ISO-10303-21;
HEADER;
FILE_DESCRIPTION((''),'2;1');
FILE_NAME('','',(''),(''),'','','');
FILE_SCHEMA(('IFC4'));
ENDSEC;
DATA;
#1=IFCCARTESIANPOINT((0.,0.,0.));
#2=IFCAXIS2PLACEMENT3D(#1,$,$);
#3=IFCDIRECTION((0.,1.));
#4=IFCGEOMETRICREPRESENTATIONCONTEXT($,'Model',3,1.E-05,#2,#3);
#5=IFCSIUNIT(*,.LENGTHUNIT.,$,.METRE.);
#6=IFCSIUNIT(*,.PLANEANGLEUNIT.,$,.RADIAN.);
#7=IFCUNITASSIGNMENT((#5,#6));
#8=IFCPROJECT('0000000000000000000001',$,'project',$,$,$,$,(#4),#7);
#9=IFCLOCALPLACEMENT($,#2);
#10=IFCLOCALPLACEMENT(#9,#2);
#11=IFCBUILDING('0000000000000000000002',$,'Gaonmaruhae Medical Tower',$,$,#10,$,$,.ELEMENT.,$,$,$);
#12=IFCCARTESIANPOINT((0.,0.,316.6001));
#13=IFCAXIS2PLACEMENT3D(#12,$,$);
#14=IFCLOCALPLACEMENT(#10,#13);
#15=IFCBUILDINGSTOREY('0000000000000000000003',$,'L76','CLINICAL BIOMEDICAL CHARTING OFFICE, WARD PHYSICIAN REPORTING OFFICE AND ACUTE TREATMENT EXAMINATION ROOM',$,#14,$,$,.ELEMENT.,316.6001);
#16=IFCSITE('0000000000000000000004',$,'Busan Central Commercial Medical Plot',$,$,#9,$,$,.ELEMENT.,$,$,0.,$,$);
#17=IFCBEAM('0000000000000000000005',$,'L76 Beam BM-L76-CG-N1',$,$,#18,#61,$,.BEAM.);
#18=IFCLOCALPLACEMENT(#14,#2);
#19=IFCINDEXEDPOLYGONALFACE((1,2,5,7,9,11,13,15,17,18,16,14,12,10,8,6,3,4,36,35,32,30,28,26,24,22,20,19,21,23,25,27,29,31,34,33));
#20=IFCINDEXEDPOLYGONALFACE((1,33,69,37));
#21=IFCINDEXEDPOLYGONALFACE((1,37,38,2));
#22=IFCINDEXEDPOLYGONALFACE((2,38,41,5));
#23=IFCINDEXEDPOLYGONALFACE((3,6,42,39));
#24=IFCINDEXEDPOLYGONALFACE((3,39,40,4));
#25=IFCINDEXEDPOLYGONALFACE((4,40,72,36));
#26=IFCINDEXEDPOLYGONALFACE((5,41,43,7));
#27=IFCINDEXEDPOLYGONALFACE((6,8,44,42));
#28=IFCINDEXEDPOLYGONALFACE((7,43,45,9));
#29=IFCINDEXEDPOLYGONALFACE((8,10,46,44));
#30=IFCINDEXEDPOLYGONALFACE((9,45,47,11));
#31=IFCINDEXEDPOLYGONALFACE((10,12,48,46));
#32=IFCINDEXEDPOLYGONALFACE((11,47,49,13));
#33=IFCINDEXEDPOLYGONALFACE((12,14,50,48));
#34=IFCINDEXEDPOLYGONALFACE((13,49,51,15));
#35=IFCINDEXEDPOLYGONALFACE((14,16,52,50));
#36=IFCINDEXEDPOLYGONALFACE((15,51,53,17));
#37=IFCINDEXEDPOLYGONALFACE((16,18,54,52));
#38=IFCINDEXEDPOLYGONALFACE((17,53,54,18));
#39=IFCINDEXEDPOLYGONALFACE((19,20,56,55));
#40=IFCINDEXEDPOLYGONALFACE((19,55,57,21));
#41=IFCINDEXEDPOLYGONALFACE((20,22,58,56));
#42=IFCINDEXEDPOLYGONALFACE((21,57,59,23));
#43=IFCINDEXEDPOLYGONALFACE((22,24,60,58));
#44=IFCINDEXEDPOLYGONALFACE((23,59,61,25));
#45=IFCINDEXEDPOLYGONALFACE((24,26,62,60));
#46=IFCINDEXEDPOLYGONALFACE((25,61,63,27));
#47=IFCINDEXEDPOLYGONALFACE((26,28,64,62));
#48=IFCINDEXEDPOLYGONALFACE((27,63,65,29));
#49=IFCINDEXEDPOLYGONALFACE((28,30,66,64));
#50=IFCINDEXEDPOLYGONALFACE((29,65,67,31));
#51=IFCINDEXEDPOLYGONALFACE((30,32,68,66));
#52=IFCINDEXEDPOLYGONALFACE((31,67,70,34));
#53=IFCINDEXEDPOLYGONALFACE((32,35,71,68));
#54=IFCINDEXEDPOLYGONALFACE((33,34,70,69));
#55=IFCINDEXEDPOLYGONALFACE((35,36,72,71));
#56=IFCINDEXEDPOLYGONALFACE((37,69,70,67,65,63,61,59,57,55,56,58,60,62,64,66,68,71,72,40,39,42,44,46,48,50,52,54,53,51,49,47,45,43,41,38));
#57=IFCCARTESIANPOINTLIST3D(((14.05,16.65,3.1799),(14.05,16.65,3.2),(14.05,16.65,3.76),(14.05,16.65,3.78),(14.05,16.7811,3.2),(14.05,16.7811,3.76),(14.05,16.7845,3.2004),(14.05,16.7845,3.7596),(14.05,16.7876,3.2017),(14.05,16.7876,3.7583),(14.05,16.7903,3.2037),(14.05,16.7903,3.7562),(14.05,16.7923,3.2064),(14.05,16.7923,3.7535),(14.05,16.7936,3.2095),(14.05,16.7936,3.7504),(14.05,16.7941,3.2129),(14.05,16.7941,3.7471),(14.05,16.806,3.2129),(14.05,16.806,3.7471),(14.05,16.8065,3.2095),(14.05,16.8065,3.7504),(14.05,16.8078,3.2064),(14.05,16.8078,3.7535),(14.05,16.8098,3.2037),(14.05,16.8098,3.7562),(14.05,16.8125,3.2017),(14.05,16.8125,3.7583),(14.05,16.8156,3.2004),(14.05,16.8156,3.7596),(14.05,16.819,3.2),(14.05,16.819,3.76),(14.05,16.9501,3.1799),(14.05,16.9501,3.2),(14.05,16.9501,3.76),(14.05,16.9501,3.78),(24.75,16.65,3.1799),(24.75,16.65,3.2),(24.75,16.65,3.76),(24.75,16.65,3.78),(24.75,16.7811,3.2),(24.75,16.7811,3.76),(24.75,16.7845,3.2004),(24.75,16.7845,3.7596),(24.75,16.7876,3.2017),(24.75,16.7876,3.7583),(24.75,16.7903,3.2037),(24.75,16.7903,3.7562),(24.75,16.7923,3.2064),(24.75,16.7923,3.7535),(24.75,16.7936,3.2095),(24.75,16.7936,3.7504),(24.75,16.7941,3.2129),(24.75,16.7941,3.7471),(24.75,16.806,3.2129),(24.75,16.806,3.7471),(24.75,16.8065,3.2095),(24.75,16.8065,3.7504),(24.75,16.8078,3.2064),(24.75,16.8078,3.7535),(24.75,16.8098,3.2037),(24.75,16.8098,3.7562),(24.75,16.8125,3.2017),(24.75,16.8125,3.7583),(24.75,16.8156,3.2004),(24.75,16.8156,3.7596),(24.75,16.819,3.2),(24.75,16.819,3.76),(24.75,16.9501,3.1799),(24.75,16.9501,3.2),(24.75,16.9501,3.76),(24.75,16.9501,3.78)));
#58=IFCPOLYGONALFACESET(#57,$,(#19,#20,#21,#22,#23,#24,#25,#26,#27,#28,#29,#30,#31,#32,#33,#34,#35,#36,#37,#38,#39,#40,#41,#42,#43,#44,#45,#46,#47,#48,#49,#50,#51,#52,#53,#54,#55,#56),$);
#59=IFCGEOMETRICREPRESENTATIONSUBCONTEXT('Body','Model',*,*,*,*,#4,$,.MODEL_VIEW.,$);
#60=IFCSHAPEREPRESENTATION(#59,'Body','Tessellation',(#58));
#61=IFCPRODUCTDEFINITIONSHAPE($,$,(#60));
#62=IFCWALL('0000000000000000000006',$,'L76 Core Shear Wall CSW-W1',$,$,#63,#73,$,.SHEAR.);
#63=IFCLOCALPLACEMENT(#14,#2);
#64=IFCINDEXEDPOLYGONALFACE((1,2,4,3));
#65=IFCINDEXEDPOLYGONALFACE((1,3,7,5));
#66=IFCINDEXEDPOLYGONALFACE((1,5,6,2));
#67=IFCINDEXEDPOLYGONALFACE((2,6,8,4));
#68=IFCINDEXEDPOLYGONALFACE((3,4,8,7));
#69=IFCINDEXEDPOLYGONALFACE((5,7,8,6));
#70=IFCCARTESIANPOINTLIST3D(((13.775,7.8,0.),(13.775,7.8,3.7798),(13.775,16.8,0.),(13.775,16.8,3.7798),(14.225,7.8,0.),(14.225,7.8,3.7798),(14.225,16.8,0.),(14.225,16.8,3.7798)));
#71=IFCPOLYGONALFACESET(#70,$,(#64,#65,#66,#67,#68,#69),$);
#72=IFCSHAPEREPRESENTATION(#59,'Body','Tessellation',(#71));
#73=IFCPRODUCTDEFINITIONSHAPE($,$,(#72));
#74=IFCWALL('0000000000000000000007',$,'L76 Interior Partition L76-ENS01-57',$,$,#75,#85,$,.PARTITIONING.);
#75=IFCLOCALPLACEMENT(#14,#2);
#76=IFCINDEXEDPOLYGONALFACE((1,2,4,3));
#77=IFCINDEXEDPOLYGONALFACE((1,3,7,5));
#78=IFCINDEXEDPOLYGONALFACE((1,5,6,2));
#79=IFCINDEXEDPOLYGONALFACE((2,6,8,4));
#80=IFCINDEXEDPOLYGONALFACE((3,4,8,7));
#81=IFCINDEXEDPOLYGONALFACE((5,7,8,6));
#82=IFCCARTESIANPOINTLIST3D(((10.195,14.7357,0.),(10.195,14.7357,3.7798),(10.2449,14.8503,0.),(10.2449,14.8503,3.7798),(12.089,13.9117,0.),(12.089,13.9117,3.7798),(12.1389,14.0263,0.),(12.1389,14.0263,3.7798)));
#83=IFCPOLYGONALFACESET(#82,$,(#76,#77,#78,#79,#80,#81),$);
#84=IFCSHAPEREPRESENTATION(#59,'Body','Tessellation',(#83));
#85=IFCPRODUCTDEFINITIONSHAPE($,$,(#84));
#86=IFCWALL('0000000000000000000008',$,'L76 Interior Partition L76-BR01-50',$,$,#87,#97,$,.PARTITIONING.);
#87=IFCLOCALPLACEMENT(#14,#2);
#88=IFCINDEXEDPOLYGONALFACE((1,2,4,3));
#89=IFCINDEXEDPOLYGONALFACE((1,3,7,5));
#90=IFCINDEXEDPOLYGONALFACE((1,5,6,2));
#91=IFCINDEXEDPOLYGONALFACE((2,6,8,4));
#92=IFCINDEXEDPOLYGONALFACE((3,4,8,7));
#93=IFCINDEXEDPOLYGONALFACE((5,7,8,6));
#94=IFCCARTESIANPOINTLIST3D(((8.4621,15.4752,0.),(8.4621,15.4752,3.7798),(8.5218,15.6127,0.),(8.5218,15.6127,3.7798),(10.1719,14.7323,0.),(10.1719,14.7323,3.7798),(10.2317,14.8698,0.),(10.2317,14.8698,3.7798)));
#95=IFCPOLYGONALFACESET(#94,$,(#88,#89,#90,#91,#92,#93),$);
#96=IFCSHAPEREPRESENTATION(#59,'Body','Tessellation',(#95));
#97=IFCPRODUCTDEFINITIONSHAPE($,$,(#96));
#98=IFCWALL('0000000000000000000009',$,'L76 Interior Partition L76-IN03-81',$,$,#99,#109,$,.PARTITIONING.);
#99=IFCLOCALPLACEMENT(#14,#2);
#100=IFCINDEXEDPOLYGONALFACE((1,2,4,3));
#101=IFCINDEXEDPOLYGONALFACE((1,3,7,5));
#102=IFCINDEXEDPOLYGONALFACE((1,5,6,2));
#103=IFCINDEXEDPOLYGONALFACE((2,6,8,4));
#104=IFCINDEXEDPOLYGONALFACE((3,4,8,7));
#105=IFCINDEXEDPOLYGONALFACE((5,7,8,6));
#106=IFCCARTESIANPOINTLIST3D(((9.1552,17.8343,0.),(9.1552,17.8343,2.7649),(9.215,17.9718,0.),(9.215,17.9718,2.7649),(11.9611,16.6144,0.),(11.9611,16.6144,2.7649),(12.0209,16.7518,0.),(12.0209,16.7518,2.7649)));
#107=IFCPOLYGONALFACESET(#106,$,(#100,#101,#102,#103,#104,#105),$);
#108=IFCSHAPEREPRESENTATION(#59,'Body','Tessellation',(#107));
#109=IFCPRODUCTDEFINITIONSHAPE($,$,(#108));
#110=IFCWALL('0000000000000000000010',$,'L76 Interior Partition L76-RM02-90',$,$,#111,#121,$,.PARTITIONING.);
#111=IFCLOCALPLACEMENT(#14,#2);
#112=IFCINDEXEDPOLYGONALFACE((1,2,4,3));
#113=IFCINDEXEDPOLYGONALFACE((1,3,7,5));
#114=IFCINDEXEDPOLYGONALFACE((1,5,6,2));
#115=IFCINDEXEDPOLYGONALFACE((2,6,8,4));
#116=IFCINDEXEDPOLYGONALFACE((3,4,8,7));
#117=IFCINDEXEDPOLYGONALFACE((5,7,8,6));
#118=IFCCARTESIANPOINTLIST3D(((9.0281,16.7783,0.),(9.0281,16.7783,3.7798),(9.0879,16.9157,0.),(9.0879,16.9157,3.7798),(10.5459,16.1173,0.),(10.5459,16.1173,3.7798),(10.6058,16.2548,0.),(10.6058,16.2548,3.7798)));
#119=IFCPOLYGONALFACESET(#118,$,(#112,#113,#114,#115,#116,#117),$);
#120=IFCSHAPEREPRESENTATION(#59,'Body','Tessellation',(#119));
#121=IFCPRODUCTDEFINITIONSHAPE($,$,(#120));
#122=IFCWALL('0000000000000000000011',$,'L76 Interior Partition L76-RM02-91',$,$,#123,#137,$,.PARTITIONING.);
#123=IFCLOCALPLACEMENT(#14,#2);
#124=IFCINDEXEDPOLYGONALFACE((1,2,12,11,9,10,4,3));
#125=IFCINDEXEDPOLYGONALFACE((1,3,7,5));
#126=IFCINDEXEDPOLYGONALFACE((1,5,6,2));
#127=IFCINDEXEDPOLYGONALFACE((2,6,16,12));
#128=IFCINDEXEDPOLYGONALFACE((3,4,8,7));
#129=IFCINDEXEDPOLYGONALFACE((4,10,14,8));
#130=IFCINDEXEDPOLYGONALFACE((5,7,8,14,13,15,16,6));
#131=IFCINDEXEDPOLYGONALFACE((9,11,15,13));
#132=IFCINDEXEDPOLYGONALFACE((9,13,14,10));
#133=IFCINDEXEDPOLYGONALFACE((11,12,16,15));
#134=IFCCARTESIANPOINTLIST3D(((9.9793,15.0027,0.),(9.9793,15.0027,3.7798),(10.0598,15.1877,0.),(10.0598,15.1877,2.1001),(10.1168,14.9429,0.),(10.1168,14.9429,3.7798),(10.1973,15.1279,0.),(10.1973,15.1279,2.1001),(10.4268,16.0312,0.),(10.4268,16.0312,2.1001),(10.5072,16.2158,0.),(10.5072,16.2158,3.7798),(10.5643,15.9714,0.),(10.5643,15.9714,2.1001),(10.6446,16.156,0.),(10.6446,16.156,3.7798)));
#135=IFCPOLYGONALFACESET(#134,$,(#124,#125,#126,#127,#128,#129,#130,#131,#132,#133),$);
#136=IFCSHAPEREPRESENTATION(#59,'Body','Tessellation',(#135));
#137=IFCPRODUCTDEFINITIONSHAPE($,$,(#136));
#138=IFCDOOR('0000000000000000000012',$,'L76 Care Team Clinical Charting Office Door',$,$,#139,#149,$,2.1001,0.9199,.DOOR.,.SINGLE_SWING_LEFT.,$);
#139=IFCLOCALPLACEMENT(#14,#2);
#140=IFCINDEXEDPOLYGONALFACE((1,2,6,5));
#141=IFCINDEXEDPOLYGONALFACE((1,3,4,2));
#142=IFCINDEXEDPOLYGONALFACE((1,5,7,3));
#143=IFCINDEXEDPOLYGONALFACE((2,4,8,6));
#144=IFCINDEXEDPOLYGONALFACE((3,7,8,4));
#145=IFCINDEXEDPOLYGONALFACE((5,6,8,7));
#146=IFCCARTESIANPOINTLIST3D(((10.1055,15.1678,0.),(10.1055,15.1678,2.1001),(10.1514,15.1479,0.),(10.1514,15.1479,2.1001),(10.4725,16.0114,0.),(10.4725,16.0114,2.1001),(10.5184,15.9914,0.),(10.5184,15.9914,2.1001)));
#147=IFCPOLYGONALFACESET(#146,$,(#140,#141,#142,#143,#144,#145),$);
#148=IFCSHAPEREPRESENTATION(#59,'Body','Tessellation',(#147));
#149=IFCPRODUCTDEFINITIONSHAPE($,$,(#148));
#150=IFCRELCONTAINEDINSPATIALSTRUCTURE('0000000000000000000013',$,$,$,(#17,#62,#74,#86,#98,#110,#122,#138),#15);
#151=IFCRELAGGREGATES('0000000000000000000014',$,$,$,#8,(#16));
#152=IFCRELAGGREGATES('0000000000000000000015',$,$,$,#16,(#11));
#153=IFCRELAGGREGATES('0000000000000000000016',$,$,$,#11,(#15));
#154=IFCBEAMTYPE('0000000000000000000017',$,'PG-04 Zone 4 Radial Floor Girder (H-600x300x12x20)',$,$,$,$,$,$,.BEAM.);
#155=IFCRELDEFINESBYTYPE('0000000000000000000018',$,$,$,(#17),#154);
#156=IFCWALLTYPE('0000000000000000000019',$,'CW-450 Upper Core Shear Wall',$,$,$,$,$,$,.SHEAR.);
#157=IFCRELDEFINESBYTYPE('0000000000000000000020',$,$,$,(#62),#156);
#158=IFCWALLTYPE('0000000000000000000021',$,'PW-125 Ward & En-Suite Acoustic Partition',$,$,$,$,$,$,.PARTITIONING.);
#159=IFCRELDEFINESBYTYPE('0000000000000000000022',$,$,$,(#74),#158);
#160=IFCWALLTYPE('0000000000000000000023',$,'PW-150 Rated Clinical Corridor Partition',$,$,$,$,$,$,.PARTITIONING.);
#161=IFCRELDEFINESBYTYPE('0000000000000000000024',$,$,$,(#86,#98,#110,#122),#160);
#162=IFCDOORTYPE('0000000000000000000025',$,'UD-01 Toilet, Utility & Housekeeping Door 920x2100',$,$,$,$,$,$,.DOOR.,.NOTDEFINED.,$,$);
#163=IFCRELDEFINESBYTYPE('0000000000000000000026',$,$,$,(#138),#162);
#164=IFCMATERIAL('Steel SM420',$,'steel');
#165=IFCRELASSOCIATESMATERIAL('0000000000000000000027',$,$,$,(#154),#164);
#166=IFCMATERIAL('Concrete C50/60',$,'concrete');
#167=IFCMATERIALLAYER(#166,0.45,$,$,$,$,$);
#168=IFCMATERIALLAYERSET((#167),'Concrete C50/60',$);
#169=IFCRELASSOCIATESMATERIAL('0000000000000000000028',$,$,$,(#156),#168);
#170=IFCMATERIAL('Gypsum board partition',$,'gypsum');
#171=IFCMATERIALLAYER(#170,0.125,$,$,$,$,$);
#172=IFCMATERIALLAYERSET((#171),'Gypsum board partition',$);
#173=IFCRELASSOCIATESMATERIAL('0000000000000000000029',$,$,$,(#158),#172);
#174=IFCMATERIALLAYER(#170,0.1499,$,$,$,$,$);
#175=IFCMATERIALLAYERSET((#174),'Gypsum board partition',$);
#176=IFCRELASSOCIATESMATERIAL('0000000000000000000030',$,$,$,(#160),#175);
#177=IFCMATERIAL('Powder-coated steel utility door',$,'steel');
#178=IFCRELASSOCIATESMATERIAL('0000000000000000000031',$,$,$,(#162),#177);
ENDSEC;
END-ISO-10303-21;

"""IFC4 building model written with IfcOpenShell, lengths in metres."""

from ifc_helpers import new_model, si_unit, direction, frame, frame_2d, origin, origin_2d, place, context, subcontext, project, spatial, rectangle, i_section, extrude, material, layer, layer_set, material_profile, profile_set, type_object, element, fill, save


model = new_model("IFC4")

# Units and contexts
model_context = context("Model", 3, precision=1e-05, world=origin(), true_north=direction((0.0, 1.0)))
body_context = subcontext(model_context, "Body", "Model", "MODEL_VIEW")
ifc_project = project(units=[si_unit("LENGTHUNIT", "METRE"), si_unit("PLANEANGLEUNIT", "RADIAN")], contexts=[model_context])

# Site, building, storey
site_placement = place(None, origin())
site = spatial("IfcSite", under=ifc_project, at=site_placement, Name="Busan Central Commercial Medical Plot", CompositionType="ELEMENT", RefElevation=0.0)
building_placement = place(site_placement, origin())
building = spatial("IfcBuilding", under=site, at=building_placement, Name="Gaonmaruhae Medical Tower", CompositionType="ELEMENT")
storey_placement = place(building_placement, frame((0.0, 0.0, 316.6001)))
storey = spatial("IfcBuildingStorey", under=building, at=storey_placement, Name="L76", Description="CLINICAL BIOMEDICAL CHARTING OFFICE, WARD PHYSICIAN REPORTING OFFICE AND ACUTE TREATMENT EXAMINATION ROOM", CompositionType="ELEMENT", Elevation=316.6001)

# Shared definitions
ifc_material_1 = material(Name="Concrete C50/60", Category="concrete")

# Beam
ifc_material_2 = material(Name="Steel SM420", Category="steel")
ifc_material_profile_1 = material_profile(ifc_material_2, i_section(OverallWidth=0.3, OverallDepth=0.6001, WebThickness=0.012, FlangeThickness=0.02, FilletRadius=0.0129, at=origin_2d()), Name="H-600x300x12x20")
ifc_profile_set_1 = profile_set([ifc_material_profile_1], Name="Steel SM420")
beam_type_1 = type_object("IfcBeamType", Name="PG-04 Zone 4 Radial Floor Girder (H-600x300x12x20)", PredefinedType="BEAM", material=ifc_profile_set_1)
beam_1_placement = place(storey_placement, frame((14.05, 16.8, 3.48), z_axis=(1.0, 0.0, 0.0), x_axis=(0.0, 1.0, 0.0)))
element("IfcBeam", 1, at=beam_1_placement, inside=storey, type_object=beam_type_1, Name="L76 Beam BM-L76-CG-N1", PredefinedType="BEAM", context=body_context, shape_type="SweptSolid", body=[
    extrude(i_section(OverallWidth=0.3, OverallDepth=0.6001, WebThickness=0.012, FlangeThickness=0.02, FilletRadius=0.0129, at=origin_2d()), origin(), (0.0, 0.0, 1.0), 10.7),
])

# Walls
ifc_layer_1 = layer(ifc_material_1, 0.45)
ifc_layer_set_1 = layer_set([ifc_layer_1], Name="Concrete C50/60")
wall_type_1 = type_object("IfcWallType", Name="CW-450 Upper Core Shear Wall", PredefinedType="SHEAR", material=ifc_layer_set_1)
wall_1_placement = place(storey_placement, frame((14.0, 16.8, 0.0), z_axis=(0.0, 0.0, 1.0), x_axis=(0.0, -1.0, 0.0)))
element("IfcWall", 2, at=wall_1_placement, inside=storey, type_object=wall_type_1, Name="L76 Core Shear Wall CSW-W1", PredefinedType="SHEAR", context=body_context, shape_type="SweptSolid", body=[
    extrude(rectangle(XDim=9.0, YDim=0.45, at=frame_2d((4.5, 0.0))), origin(), (0.0, 0.0, 1.0), 3.7798),
])
ifc_material_3 = material(Name="Gypsum board partition", Category="gypsum")
ifc_layer_2 = layer(ifc_material_3, 0.125)
ifc_layer_set_2 = layer_set([ifc_layer_2], Name="Gypsum board partition")
wall_type_2 = type_object("IfcWallType", Name="PW-125 Ward & En-Suite Acoustic Partition", PredefinedType="PARTITIONING", material=ifc_layer_set_2)
wall_2_placement = place(storey_placement, frame((10.22, 14.793, 0.0), z_axis=(0.0, 0.0, 1.0), x_axis=(0.916985, -0.398921, 0.0)))
element("IfcWall", 3, at=wall_2_placement, inside=storey, type_object=wall_type_2, Name="L76 Interior Partition L76-ENS01-57", PredefinedType="PARTITIONING", context=body_context, shape_type="SweptSolid", body=[
    extrude(rectangle(XDim=2.0654, YDim=0.125, at=frame_2d((1.0327, 0.0))), origin(), (0.0, 0.0, 1.0), 3.7798),
])

# Shared definitions
ifc_layer_3 = layer(ifc_material_3, 0.1499)
ifc_layer_set_3 = layer_set([ifc_layer_3], Name="Gypsum board partition")
wall_type_3 = type_object("IfcWallType", Name="PW-150 Rated Clinical Corridor Partition", PredefinedType="PARTITIONING", material=ifc_layer_set_3)

# Walls
wall_3_placement = place(storey_placement, frame((8.4919, 15.5439, 0.0), z_axis=(0.0, 0.0, 1.0), x_axis=(0.917176, -0.398482, 0.0)))
element("IfcWall", 4, at=wall_3_placement, inside=storey, type_object=wall_type_3, Name="L76 Interior Partition L76-BR01-50", PredefinedType="PARTITIONING", context=body_context, shape_type="SweptSolid", body=[
    extrude(rectangle(XDim=1.8643, YDim=0.1499, at=frame_2d((0.9321, 0.0))), origin(), (0.0, 0.0, 1.0), 3.7798),
])
wall_4_placement = place(storey_placement, frame((11.991, 16.6831, 0.0), z_axis=(0.0, 0.0, 1.0), x_axis=(-0.917069, 0.398729, 0.0)))
element("IfcWall", 5, at=wall_4_placement, inside=storey, type_object=wall_type_3, Name="L76 Interior Partition L76-IN03-81", PredefinedType="PARTITIONING", context=body_context, shape_type="SweptSolid", body=[
    extrude(rectangle(XDim=3.0596, YDim=0.1499, at=frame_2d((1.5298, 0.0))), origin(), (0.0, 0.0, 1.0), 2.7649),
])
wall_5_placement = place(storey_placement, frame((9.0581, 16.8469, 0.0), z_axis=(0.0, 0.0, 1.0), x_axis=(0.916857, -0.399217, 0.0)))
element("IfcWall", 6, at=wall_5_placement, inside=storey, type_object=wall_type_3, Name="L76 Interior Partition L76-RM02-90", PredefinedType="PARTITIONING", context=body_context, shape_type="SweptSolid", body=[
    extrude(rectangle(XDim=1.6555, YDim=0.1499, at=frame_2d((0.8276, 0.0))), origin(), (0.0, 0.0, 1.0), 3.7798),
])

# Wall, opening, door
wall_6_placement = place(storey_placement, frame((10.5759, 16.186, 0.0), z_axis=(0.0, 0.0, 1.0), x_axis=(-0.398969, -0.916964, 0.0)))
wall_6 = element("IfcWall", 7, at=wall_6_placement, inside=storey, type_object=wall_type_3, Name="L76 Interior Partition L76-RM02-91", PredefinedType="PARTITIONING", context=body_context, shape_type="SweptSolid", body=[
    extrude(rectangle(XDim=1.323, YDim=0.1499, at=frame_2d((0.6616, 0.0))), origin(), (0.0, 0.0, 1.0), 3.7798),
])
opening_1_placement = place(wall_6_placement, frame((0.2014, 0.0, 0.0)))
opening_1 = element("IfcOpeningElement", 8, at=opening_1_placement, cuts=wall_6, PredefinedType="OPENING", context=body_context, shape_type="SweptSolid", body=[
    extrude(rectangle(XDim=0.9199, YDim=2.1001, at=frame_2d((0.46, 1.05))), frame((0.0, 0.085, 0.0), z_axis=(0.0, -1.0, 0.0), x_axis=(1.0, 0.0, 0.0)), (0.0, 0.0, 1.0), 0.1699),
])
ifc_material_4 = material(Name="Powder-coated steel utility door", Category="steel")
door_type_1 = type_object("IfcDoorType", Name="UD-01 Toilet, Utility & Housekeeping Door 920x2100", OperationType="NOTDEFINED", PredefinedType="DOOR", material=ifc_material_4)
door_1_placement = place(opening_1_placement, origin())
door_1 = element("IfcDoor", 9, at=door_1_placement, inside=storey, type_object=door_type_1, Name="L76 Care Team Clinical Charting Office Door", OperationType="SINGLE_SWING_LEFT", OverallHeight=2.1001, OverallWidth=0.9199, PredefinedType="DOOR", context=body_context, shape_type="SweptSolid", body=[
    extrude(rectangle(XDim=0.9199, YDim=2.1001, at=frame_2d((0.46, 1.05))), frame((0.0, 0.0249, 0.0), z_axis=(0.0, -1.0, 0.0), x_axis=(1.0, 0.0, 0.0)), (0.0, 0.0, 1.0), 0.05),
])
fill(opening_1, door_1)

save(model, "model.ifc")
